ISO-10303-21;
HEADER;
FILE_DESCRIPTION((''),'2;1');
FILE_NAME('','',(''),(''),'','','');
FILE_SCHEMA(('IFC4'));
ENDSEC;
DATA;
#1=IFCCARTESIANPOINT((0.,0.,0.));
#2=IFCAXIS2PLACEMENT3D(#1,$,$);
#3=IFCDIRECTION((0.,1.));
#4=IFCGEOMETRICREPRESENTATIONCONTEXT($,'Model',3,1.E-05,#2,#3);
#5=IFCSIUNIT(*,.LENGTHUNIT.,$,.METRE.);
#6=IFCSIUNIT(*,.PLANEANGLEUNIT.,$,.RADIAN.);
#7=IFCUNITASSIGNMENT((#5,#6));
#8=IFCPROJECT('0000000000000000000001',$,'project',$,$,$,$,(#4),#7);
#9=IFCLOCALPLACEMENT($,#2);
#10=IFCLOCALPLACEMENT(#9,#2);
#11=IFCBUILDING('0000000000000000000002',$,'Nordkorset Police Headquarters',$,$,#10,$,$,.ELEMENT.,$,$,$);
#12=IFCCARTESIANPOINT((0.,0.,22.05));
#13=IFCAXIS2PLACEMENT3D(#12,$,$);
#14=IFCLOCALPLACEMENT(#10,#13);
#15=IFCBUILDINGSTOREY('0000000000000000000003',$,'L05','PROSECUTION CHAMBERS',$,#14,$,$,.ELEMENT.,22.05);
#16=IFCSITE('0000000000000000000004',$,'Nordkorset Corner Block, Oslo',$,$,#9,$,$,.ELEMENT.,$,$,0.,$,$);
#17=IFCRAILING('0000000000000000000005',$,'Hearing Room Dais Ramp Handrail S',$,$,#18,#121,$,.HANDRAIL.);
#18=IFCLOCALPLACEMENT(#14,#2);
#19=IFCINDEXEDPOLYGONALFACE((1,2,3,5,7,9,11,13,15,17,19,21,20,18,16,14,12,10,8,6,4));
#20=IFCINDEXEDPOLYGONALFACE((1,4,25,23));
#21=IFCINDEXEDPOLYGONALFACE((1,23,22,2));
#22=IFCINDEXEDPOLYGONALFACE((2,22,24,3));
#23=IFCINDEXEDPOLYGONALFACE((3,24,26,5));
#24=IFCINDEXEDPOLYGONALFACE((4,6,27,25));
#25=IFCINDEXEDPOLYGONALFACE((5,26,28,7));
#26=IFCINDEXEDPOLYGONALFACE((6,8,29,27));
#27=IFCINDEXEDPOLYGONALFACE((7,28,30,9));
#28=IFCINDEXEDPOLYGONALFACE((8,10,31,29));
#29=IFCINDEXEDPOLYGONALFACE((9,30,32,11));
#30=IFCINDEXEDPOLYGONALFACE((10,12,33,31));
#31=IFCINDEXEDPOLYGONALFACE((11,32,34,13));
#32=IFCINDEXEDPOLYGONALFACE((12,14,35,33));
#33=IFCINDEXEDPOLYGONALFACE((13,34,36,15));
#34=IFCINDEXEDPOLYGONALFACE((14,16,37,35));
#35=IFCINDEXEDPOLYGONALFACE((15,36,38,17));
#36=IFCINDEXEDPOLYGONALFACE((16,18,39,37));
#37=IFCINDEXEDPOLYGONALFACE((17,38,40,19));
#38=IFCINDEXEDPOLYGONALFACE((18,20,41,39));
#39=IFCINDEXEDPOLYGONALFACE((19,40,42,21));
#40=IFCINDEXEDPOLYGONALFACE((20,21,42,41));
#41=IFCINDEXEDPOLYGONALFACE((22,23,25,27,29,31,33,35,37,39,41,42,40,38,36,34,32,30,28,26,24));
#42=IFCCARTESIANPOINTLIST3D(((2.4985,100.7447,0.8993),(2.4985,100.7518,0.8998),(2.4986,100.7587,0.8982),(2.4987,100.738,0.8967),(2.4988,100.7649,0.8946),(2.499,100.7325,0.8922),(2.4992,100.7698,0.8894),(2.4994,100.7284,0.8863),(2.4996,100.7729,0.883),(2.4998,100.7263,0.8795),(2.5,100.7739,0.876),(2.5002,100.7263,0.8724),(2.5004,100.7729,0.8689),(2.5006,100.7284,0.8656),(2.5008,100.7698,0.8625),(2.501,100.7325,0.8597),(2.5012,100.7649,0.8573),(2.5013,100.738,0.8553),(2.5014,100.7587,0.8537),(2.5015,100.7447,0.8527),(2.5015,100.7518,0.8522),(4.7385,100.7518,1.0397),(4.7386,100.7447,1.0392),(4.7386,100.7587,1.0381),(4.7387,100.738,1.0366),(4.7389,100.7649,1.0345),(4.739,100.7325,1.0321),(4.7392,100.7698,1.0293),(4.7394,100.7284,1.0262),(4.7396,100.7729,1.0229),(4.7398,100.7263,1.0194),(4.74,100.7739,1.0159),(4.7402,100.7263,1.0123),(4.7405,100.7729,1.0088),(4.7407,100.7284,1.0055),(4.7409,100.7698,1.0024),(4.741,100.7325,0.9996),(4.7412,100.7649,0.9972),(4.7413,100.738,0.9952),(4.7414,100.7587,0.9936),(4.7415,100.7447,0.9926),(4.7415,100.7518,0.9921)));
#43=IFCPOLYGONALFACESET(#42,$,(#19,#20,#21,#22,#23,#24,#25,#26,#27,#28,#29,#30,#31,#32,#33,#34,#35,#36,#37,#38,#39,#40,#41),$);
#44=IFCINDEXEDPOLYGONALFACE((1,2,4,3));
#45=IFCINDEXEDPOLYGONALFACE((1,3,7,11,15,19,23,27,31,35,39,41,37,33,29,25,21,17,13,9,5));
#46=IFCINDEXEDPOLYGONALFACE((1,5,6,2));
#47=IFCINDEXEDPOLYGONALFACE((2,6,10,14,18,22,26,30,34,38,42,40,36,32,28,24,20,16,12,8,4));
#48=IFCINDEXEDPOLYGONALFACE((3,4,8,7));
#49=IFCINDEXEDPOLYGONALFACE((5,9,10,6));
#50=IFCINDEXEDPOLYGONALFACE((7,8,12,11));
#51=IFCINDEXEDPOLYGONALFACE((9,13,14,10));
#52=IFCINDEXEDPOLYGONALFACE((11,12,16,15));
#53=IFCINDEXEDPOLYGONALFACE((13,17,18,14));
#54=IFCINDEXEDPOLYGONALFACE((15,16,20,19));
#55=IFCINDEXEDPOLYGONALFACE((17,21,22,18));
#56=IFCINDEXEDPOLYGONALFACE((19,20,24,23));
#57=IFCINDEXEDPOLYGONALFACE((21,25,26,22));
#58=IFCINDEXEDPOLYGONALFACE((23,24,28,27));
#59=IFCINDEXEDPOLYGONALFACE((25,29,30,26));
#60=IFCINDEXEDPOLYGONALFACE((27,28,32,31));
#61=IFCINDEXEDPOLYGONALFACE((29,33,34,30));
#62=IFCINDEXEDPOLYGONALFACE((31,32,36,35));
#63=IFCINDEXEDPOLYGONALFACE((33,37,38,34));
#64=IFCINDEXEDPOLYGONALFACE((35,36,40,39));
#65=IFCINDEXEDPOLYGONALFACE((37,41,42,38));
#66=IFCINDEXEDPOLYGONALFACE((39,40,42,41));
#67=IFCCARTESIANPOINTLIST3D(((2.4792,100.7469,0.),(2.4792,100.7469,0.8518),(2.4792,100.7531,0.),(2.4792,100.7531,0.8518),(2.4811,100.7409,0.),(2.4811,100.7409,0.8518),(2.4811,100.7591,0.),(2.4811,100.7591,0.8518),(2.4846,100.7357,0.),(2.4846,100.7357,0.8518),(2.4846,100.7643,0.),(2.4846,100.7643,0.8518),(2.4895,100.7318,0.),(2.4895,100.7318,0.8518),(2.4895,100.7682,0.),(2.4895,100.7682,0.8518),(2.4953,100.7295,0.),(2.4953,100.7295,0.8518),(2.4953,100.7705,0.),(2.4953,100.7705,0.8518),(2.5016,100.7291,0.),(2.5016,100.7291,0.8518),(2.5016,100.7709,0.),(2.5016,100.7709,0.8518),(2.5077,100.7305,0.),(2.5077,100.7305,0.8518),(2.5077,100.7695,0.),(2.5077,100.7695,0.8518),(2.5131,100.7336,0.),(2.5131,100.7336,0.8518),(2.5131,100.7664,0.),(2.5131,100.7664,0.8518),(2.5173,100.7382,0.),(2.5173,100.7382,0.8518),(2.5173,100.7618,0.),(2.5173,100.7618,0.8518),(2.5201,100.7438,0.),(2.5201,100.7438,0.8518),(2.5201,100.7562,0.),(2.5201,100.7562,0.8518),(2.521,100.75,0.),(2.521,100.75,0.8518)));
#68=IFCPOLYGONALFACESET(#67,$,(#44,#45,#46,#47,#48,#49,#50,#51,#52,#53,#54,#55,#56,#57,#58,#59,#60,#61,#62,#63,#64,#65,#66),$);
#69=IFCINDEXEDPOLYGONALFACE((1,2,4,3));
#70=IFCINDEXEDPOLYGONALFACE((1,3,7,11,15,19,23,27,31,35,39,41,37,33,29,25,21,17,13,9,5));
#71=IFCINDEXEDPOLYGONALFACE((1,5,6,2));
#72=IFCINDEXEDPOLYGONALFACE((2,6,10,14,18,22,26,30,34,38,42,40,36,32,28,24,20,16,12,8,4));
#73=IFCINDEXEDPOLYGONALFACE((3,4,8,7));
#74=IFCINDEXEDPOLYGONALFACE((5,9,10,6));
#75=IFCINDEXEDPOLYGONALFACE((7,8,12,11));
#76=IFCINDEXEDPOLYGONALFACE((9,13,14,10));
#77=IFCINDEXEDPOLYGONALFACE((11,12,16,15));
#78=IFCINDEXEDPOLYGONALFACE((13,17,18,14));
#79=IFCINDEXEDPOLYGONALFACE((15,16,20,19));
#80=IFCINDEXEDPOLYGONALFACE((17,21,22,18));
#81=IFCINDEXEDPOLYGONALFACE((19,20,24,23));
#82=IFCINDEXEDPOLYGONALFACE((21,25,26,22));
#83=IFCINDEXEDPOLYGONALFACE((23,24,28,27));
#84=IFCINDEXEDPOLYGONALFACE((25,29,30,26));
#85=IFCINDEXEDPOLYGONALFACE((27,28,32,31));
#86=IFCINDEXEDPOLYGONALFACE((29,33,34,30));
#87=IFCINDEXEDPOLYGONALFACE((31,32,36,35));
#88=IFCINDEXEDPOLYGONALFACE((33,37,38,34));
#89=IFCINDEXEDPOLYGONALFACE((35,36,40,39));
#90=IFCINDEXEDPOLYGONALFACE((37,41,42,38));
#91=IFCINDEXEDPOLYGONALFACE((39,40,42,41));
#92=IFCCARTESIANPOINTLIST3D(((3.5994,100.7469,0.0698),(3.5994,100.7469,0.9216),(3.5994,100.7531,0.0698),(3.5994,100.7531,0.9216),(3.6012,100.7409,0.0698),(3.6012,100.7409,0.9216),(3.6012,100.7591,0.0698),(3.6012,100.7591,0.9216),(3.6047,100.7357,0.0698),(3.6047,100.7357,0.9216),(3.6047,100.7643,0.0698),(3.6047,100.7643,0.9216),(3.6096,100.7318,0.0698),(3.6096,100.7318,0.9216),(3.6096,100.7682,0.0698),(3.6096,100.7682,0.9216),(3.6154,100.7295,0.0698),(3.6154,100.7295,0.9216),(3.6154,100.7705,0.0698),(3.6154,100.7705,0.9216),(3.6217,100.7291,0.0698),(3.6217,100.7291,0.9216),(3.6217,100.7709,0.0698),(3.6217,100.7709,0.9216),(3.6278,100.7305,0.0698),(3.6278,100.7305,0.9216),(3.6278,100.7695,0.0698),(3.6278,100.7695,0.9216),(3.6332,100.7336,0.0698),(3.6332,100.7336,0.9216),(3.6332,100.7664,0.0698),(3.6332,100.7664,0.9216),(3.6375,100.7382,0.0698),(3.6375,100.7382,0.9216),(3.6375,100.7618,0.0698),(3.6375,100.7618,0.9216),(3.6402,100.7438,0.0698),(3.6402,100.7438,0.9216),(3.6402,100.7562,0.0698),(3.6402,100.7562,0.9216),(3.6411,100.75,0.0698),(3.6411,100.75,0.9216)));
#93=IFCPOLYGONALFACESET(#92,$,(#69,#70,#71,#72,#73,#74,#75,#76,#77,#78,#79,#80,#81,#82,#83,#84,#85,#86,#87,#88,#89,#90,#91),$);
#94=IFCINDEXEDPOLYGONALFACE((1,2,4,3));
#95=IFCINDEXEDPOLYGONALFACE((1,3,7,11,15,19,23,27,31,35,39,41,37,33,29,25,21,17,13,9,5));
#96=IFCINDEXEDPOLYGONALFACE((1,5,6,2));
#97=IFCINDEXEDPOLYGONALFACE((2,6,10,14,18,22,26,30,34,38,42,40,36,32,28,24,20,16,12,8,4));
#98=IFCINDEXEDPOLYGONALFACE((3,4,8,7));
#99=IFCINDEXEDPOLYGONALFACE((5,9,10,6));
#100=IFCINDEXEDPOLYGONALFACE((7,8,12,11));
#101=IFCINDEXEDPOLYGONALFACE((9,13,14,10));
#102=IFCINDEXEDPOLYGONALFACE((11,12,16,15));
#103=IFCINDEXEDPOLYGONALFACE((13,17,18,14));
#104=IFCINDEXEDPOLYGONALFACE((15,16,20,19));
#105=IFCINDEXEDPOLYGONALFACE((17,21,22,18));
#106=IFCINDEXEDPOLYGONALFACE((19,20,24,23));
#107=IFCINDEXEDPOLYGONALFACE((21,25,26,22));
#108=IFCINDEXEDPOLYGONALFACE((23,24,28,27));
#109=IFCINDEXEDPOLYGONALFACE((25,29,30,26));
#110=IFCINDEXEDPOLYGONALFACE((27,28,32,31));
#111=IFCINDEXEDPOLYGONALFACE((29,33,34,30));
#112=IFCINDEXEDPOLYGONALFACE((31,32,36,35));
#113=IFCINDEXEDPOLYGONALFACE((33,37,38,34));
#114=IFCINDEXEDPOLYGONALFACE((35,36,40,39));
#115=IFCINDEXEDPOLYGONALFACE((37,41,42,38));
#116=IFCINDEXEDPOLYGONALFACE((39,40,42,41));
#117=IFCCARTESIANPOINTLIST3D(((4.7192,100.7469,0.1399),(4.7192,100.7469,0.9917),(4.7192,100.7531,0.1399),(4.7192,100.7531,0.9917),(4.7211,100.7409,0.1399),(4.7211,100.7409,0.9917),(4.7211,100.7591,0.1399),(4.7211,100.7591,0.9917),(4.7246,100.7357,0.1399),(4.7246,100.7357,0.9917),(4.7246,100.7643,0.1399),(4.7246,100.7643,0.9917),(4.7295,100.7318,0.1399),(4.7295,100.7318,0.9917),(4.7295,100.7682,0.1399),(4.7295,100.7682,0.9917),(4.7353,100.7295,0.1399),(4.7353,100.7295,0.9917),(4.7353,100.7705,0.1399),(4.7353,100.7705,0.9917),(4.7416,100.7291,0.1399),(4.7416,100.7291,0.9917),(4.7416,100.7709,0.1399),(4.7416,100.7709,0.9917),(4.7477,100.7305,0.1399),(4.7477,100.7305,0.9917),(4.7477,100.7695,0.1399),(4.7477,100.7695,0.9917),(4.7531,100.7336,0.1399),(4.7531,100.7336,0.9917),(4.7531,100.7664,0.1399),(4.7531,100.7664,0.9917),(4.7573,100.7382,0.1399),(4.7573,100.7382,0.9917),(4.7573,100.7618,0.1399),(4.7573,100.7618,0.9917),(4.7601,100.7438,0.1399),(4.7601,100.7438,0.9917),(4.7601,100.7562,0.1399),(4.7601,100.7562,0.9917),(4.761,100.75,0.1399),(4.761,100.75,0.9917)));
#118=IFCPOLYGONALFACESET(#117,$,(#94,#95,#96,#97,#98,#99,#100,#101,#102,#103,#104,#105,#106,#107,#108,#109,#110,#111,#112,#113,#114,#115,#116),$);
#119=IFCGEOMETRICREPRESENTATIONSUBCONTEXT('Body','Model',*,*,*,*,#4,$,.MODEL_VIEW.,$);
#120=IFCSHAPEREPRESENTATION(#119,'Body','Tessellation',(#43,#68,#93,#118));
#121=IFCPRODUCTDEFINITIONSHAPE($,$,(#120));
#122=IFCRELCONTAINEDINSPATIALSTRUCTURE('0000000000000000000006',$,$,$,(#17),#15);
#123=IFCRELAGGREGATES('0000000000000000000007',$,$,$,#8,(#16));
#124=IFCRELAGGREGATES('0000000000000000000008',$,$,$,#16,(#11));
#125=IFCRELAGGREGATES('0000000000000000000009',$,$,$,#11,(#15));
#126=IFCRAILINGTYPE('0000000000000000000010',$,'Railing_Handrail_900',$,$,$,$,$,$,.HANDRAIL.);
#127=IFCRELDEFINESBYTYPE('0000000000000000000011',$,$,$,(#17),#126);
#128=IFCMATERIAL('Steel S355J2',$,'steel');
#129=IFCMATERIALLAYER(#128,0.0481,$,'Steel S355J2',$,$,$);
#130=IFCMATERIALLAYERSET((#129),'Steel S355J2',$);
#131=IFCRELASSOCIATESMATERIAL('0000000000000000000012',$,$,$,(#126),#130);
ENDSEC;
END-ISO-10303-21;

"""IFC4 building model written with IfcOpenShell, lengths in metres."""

from ifc_helpers import new_model, si_unit, direction, frame, origin, origin_2d, place, context, subcontext, project, spatial, circle, extrude, material, layer, layer_set, type_object, element, save


model = new_model("IFC4")

# Units and contexts
model_context = context("Model", 3, precision=1e-05, world=origin(), true_north=direction((0.0, 1.0)))
body_context = subcontext(model_context, "Body", "Model", "MODEL_VIEW")
ifc_project = project(units=[si_unit("LENGTHUNIT", "METRE"), si_unit("PLANEANGLEUNIT", "RADIAN")], contexts=[model_context])

# Site, building, storey
site_placement = place(None, origin())
site = spatial("IfcSite", under=ifc_project, at=site_placement, Name="Nordkorset Corner Block, Oslo", CompositionType="ELEMENT", RefElevation=0.0)
building_placement = place(site_placement, origin())
building = spatial("IfcBuilding", under=site, at=building_placement, Name="Nordkorset Police Headquarters", CompositionType="ELEMENT")
storey_placement = place(building_placement, frame((0.0, 0.0, 22.05)))
storey = spatial("IfcBuildingStorey", under=building, at=storey_placement, Name="L05", Description="PROSECUTION CHAMBERS", CompositionType="ELEMENT", Elevation=22.05)

# Railing
ifc_material_1 = material(Name="Steel S355J2", Category="steel")
ifc_layer_1 = layer(ifc_material_1, 0.0481, Name="Steel S355J2")
ifc_layer_set_1 = layer_set([ifc_layer_1], Name="Steel S355J2")
railing_type = type_object("IfcRailingType", Name="Railing_Handrail_900", PredefinedType="HANDRAIL", material=ifc_layer_set_1)
for number, where, name in (
    (1, (2.5, 100.75, 0.0), "Hearing Room Dais Ramp Handrail S"),
):
    element("IfcRailing", number, at=place(storey_placement, frame(where)), inside=storey, type_object=railing_type, Name=name, PredefinedType="HANDRAIL", context=body_context, shape_type="SweptSolid", body=[
        extrude(circle(Radius=0.0239, at=origin_2d()), frame((0.0, 0.0, 0.876), z_axis=(0.998056, 0.0, 0.062331), x_axis=(0.0, 1.0, 0.0)), (0.0, 0.0, 1.0), 2.2444),
        extrude(circle(Radius=0.021, at=origin_2d()), origin(), (0.0, 0.0, 1.0), 0.8518),
        extrude(circle(Radius=0.021, at=origin_2d()), frame((1.1201, 0.0, 0.0698)), (0.0, 0.0, 1.0), 0.8518),
        extrude(circle(Radius=0.021, at=origin_2d()), frame((2.24, 0.0, 0.1399)), (0.0, 0.0, 1.0), 0.8518),
    ])

save(model, "model.ifc")
